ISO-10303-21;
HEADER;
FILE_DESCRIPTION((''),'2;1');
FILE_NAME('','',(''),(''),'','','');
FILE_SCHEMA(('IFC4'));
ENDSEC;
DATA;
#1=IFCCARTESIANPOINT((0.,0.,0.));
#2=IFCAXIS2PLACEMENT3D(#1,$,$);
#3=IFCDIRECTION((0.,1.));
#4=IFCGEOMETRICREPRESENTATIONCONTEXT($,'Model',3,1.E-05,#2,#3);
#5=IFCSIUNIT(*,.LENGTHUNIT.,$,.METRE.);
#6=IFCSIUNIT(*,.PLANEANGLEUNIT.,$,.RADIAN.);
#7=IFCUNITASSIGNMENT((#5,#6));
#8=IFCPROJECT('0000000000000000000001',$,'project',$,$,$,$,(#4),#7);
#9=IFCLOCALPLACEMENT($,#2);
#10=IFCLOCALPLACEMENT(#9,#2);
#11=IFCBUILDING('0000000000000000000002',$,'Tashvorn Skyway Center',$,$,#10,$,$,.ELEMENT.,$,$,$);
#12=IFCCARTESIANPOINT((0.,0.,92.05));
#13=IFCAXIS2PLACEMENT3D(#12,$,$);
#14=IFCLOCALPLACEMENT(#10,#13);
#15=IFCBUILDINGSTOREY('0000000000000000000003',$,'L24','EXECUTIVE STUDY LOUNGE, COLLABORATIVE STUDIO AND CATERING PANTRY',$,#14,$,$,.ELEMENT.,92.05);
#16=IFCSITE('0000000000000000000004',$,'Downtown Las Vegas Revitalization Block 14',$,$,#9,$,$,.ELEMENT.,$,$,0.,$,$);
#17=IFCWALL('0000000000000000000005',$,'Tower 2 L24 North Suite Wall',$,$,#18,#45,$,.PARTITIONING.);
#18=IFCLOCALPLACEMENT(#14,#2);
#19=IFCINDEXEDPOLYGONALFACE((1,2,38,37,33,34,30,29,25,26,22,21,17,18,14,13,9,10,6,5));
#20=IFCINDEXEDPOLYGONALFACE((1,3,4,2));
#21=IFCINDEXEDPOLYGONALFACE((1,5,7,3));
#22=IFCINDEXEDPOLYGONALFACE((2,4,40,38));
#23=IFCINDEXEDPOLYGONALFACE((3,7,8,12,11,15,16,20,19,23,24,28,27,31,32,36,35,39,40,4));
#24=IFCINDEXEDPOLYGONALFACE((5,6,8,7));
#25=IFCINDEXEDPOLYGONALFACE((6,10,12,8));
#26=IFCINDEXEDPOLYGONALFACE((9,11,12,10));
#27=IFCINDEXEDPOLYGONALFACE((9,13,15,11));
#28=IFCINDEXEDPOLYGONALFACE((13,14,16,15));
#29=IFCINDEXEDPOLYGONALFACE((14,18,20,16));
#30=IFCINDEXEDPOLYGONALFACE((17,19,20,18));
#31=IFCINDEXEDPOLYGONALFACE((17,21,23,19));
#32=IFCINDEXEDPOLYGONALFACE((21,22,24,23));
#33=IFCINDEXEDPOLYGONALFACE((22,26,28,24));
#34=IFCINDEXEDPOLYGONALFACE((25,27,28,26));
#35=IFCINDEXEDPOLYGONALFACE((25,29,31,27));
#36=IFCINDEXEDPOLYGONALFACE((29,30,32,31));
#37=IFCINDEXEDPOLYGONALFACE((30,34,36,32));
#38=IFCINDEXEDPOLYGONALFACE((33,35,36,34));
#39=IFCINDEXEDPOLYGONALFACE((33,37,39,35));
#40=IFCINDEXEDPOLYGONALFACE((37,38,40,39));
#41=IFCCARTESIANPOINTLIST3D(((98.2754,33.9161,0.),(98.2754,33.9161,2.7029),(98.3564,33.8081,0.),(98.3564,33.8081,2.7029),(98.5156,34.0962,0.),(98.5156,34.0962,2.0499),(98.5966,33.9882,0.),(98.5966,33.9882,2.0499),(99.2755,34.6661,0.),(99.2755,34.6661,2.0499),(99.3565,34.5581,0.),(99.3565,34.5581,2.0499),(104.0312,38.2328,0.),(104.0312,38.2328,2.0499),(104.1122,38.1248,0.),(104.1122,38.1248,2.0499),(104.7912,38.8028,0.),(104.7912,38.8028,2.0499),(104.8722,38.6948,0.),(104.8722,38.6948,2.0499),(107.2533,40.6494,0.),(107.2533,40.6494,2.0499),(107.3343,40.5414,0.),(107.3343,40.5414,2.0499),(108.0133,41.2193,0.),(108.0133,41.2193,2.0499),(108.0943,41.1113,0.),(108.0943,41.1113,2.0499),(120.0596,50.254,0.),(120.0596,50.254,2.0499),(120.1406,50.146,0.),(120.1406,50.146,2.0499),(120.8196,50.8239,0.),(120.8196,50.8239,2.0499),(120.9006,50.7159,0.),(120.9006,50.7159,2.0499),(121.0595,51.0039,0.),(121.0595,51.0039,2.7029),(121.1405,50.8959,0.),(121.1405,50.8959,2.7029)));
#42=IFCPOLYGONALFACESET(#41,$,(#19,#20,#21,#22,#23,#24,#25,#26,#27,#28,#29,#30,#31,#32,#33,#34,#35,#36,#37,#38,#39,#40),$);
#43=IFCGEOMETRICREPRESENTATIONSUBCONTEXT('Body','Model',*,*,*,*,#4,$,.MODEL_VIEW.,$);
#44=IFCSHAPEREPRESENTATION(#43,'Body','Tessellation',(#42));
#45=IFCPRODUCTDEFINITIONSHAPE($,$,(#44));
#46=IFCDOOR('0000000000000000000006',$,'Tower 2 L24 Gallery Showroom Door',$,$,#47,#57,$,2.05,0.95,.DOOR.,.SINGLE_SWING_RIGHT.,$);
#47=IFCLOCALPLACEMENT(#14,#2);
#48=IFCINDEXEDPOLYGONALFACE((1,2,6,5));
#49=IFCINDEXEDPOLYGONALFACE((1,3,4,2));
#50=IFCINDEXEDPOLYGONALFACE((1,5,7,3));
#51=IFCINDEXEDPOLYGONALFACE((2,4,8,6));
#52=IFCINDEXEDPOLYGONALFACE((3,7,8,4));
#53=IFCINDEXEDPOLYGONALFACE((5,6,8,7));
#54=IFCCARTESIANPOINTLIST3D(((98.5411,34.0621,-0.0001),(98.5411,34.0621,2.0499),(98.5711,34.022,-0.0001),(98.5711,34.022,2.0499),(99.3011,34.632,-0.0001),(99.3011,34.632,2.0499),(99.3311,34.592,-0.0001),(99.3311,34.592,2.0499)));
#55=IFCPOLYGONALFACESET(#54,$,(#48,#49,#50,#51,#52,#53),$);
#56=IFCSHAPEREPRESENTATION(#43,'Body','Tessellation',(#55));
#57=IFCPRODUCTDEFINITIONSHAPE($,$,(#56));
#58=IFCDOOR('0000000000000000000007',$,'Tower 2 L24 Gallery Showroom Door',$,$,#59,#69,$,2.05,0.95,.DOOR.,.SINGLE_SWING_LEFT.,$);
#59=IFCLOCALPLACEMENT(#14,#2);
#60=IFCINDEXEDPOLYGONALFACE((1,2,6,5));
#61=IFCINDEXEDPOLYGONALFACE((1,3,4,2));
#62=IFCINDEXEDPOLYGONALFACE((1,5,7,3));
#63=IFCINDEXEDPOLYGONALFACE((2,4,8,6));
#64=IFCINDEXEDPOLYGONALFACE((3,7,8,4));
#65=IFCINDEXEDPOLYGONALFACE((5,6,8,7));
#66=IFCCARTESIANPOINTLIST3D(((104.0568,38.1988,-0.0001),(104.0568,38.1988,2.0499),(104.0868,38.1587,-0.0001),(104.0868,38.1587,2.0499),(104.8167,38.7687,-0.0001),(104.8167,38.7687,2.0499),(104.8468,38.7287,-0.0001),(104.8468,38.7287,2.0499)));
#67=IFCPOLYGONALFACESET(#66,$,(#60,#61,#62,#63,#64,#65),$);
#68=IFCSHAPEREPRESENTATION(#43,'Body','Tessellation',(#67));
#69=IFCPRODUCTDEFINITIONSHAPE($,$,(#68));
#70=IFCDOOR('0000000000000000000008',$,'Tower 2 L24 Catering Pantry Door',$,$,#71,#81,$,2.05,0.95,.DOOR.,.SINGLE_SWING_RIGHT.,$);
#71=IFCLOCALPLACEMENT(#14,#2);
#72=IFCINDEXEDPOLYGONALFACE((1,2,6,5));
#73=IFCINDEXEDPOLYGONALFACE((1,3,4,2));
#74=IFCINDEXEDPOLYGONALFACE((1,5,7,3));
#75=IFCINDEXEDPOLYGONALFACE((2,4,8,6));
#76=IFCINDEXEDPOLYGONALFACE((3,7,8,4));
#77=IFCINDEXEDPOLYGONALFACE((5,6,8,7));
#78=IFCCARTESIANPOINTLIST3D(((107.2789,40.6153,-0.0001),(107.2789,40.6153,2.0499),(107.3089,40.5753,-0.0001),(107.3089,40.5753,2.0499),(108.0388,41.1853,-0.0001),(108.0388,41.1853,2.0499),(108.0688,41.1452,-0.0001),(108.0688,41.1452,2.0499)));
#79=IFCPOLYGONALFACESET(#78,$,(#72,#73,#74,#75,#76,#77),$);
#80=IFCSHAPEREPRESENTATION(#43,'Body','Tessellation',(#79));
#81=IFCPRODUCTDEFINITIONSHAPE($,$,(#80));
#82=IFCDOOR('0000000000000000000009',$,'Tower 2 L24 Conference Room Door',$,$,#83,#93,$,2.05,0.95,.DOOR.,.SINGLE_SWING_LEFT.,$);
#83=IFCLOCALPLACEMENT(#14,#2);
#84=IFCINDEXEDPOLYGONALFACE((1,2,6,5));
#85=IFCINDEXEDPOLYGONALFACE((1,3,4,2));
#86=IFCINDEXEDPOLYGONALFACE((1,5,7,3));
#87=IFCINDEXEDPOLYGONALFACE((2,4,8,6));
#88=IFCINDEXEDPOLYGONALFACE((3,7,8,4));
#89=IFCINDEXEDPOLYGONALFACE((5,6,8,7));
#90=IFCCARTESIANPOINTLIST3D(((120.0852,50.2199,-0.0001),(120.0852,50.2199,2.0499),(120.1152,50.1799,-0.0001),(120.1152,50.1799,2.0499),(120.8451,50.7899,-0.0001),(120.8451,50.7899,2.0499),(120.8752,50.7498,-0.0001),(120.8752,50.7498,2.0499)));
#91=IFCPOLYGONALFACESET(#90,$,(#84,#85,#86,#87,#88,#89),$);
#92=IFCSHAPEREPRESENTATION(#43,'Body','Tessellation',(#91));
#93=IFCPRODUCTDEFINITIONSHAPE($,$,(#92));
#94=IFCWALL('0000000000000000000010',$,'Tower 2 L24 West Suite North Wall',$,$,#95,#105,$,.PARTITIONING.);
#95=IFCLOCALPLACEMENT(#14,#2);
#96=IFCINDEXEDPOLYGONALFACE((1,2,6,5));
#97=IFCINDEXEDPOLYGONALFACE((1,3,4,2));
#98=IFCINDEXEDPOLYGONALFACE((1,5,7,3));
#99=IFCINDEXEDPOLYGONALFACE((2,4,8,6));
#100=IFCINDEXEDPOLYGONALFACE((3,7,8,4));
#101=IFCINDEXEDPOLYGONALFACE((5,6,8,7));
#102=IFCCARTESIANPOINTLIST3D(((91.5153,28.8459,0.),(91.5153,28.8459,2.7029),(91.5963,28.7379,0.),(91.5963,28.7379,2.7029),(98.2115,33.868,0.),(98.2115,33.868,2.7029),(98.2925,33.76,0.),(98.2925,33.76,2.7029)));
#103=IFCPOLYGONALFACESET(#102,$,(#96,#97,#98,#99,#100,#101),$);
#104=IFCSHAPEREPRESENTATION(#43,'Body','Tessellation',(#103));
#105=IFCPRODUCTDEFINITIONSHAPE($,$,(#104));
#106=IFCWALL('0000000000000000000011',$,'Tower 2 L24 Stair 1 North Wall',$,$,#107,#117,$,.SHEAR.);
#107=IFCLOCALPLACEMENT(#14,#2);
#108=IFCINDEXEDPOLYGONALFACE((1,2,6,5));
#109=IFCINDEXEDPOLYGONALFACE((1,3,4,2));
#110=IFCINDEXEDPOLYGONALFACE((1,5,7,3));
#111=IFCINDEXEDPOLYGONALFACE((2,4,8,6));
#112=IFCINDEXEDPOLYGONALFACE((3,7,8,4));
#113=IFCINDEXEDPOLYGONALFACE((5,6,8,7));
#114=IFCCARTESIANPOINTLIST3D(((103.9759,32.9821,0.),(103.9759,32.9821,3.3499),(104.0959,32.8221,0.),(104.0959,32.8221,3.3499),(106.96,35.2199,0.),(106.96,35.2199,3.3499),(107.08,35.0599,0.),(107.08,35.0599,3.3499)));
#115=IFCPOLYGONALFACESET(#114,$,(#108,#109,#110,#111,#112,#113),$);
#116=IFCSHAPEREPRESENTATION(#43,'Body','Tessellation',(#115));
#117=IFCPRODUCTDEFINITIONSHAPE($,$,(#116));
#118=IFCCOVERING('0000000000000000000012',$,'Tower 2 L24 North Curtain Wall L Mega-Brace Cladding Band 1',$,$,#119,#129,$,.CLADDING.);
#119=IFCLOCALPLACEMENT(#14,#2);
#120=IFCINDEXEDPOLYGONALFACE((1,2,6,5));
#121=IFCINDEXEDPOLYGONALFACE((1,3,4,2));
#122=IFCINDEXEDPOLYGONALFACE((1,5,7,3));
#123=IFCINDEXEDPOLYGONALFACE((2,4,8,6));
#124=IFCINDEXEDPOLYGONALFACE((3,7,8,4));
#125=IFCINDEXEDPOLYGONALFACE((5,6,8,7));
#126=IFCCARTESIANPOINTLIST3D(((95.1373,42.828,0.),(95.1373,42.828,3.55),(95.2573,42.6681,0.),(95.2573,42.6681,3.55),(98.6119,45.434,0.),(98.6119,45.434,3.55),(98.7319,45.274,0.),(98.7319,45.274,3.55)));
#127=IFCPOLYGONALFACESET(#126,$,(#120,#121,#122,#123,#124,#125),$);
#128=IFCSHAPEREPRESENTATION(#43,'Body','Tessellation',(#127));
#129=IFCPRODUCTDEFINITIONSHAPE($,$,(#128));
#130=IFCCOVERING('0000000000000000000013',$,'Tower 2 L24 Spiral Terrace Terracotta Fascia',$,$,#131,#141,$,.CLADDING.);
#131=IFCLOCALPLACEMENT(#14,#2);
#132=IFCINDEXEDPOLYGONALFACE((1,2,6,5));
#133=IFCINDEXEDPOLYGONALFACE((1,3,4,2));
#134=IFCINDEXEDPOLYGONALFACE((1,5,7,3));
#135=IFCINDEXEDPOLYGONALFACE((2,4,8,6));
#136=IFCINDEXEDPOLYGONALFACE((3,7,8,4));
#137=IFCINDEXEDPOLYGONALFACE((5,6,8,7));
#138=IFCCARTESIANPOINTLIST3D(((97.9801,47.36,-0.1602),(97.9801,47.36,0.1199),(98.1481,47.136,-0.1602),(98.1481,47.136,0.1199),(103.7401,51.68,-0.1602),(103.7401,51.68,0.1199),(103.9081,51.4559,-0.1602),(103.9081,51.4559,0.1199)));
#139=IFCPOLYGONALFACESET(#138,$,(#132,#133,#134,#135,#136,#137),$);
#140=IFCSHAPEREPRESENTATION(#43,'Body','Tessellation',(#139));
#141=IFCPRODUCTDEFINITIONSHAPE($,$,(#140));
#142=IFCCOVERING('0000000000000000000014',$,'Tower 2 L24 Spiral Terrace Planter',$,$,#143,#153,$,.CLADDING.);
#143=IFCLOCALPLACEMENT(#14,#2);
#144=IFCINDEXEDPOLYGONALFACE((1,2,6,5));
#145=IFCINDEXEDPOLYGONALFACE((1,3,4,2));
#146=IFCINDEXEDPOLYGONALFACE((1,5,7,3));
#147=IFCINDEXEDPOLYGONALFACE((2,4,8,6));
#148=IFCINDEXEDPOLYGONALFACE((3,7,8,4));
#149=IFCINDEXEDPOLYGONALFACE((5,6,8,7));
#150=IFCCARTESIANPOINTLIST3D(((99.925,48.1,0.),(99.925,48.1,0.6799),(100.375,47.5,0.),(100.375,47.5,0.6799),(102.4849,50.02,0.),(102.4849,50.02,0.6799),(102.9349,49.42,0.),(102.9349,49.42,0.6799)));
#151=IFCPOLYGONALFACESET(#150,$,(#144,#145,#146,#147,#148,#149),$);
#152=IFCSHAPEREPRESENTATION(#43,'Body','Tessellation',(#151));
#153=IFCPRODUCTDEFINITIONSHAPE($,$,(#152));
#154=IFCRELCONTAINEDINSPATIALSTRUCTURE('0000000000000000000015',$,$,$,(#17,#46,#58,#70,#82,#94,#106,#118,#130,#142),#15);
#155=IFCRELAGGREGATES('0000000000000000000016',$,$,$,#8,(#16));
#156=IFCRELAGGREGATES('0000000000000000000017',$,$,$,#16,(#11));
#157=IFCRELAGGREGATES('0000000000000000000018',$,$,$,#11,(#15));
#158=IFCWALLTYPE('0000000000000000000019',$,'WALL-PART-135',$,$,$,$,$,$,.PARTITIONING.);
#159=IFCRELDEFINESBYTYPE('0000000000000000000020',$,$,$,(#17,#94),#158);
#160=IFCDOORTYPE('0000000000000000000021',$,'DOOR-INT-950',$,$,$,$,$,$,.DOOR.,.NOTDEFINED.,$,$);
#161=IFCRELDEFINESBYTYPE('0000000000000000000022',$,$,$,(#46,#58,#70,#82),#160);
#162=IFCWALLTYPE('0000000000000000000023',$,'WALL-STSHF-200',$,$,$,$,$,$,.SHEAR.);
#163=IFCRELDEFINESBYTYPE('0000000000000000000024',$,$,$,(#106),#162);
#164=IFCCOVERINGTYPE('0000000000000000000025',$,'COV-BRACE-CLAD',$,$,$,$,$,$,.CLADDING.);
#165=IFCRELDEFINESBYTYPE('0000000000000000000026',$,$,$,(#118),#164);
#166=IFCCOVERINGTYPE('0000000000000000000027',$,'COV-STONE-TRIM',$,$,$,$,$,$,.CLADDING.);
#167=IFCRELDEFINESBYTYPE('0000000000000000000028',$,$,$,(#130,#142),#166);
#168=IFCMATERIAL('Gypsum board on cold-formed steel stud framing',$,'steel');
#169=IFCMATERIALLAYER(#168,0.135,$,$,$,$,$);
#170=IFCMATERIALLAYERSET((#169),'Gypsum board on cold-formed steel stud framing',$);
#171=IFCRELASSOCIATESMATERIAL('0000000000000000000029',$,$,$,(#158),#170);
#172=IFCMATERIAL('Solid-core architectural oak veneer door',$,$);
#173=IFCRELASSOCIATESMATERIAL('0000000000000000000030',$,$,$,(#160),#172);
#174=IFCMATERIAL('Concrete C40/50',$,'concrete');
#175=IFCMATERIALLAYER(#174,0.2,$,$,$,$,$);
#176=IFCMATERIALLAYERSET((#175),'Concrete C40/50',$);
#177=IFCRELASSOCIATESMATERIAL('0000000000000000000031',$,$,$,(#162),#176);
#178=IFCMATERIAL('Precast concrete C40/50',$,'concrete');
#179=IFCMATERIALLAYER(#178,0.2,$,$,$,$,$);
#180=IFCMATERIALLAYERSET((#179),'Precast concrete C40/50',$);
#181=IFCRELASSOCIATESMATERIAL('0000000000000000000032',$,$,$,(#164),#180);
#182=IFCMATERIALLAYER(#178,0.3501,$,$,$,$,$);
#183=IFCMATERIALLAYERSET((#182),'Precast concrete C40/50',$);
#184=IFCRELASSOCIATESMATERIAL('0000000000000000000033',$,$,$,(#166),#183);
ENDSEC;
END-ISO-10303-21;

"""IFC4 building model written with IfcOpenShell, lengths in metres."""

from ifc_helpers import new_model, si_unit, direction, frame, frame_2d, origin, origin_2d, place, context, subcontext, project, spatial, rectangle, extrude, material, layer, layer_set, type_object, element, fill, save


model = new_model("IFC4")

# Units and contexts
model_context = context("Model", 3, precision=1e-05, world=origin(), true_north=direction((0.0, 1.0)))
body_context = subcontext(model_context, "Body", "Model", "MODEL_VIEW")
ifc_project = project(units=[si_unit("LENGTHUNIT", "METRE"), si_unit("PLANEANGLEUNIT", "RADIAN")], contexts=[model_context])

# Site, building, storey
site_placement = place(None, origin())
site = spatial("IfcSite", under=ifc_project, at=site_placement, Name="Downtown Las Vegas Revitalization Block 14", CompositionType="ELEMENT", RefElevation=0.0)
building_placement = place(site_placement, origin())
building = spatial("IfcBuilding", under=site, at=building_placement, Name="Tashvorn Skyway Center", CompositionType="ELEMENT")
storey_placement = place(building_placement, frame((0.0, 0.0, 92.05)))
storey = spatial("IfcBuildingStorey", under=building, at=storey_placement, Name="L24", Description="EXECUTIVE STUDY LOUNGE, COLLABORATIVE STUDIO AND CATERING PANTRY", CompositionType="ELEMENT", Elevation=92.05)

# Shared definitions
ifc_material_1 = material(Name="Precast concrete C40/50", Category="concrete")

# Shared definitions
ifc_material_2 = material(Name="Gypsum board on cold-formed steel stud framing", Category="steel")

# Wall, openings, doors
ifc_layer_1 = layer(ifc_material_2, 0.135)
ifc_layer_set_1 = layer_set([ifc_layer_1], Name="Gypsum board on cold-formed steel stud framing")
wall_type_1 = type_object("IfcWallType", Name="WALL-PART-135", PredefinedType="PARTITIONING", material=ifc_layer_set_1)
wall_1_placement = place(storey_placement, frame((98.3159, 33.8621, 0.0), z_axis=(0.0, 0.0, 1.0), x_axis=(0.800004, 0.599995, 0.0)))
wall_1 = element("IfcWall", 1, at=wall_1_placement, inside=storey, type_object=wall_type_1, Name="Tower 2 L24 North Suite Wall", PredefinedType="PARTITIONING", context=body_context, shape_type="SweptSolid", body=[
    extrude(rectangle(XDim=28.48, YDim=0.135, at=frame_2d((14.24, 0.0))), origin(), (0.0, 0.0, 1.0), 2.7029),
])
opening_1_placement = place(wall_1_placement, frame((0.3, 0.0, 0.0)))
opening_1 = element("IfcOpeningElement", 2, at=opening_1_placement, cuts=wall_1, PredefinedType="OPENING", context=body_context, shape_type="SweptSolid", body=[
    extrude(rectangle(XDim=0.95, YDim=2.05, at=frame_2d((0.4751, 1.0249))), frame((0.0, 0.0774, 0.0), z_axis=(0.0, -1.0, 0.0), x_axis=(1.0, 0.0, 0.0)), (0.0, 0.0, 1.0), 0.155),
])
opening_2_placement = place(wall_1_placement, frame((7.1946, 0.0, 0.0)))
opening_2 = element("IfcOpeningElement", 3, at=opening_2_placement, cuts=wall_1, PredefinedType="OPENING", context=body_context, shape_type="SweptSolid", body=[
    extrude(rectangle(XDim=0.95, YDim=2.05, at=frame_2d((0.4751, 1.0249))), frame((0.0, 0.0774, 0.0), z_axis=(0.0, -1.0, 0.0), x_axis=(1.0, 0.0, 0.0)), (0.0, 0.0, 1.0), 0.155),
])
opening_3_placement = place(wall_1_placement, frame((11.2222, 0.0, 0.0)))
opening_3 = element("IfcOpeningElement", 4, at=opening_3_placement, cuts=wall_1, PredefinedType="OPENING", context=body_context, shape_type="SweptSolid", body=[
    extrude(rectangle(XDim=0.95, YDim=2.05, at=frame_2d((0.4751, 1.0249))), frame((0.0, 0.0774, 0.0), z_axis=(0.0, -1.0, 0.0), x_axis=(1.0, 0.0, 0.0)), (0.0, 0.0, 1.0), 0.155),
])
opening_4_placement = place(wall_1_placement, frame((27.23, 0.0, 0.0)))
opening_4 = element("IfcOpeningElement", 5, at=opening_4_placement, cuts=wall_1, PredefinedType="OPENING", context=body_context, shape_type="SweptSolid", body=[
    extrude(rectangle(XDim=0.95, YDim=2.05, at=frame_2d((0.4751, 1.0249))), frame((0.0, 0.0774, 0.0), z_axis=(0.0, -1.0, 0.0), x_axis=(1.0, 0.0, 0.0)), (0.0, 0.0, 1.0), 0.155),
])
ifc_material_3 = material(Name="Solid-core architectural oak veneer door")
door_type_1 = type_object("IfcDoorType", Name="DOOR-INT-950", OperationType="NOTDEFINED", PredefinedType="DOOR", material=ifc_material_3)
door_1_placement = place(opening_1_placement, origin())
door_1 = element("IfcDoor", 6, at=door_1_placement, inside=storey, type_object=door_type_1, Name="Tower 2 L24 Gallery Showroom Door", OperationType="SINGLE_SWING_RIGHT", OverallHeight=2.05, OverallWidth=0.95, PredefinedType="DOOR", context=body_context, shape_type="SweptSolid", body=[
    extrude(rectangle(XDim=0.95, YDim=2.05, at=frame_2d((0.4751, 1.0249))), frame((0.0, 0.0249, 0.0), z_axis=(0.0, -1.0, 0.0), x_axis=(1.0, 0.0, 0.0)), (0.0, 0.0, 1.0), 0.05),
])
fill(opening_1, door_1)
door_2_placement = place(opening_2_placement, origin())
door_2 = element("IfcDoor", 7, at=door_2_placement, inside=storey, type_object=door_type_1, Name="Tower 2 L24 Gallery Showroom Door", OperationType="SINGLE_SWING_LEFT", OverallHeight=2.05, OverallWidth=0.95, PredefinedType="DOOR", context=body_context, shape_type="SweptSolid", body=[
    extrude(rectangle(XDim=0.95, YDim=2.05, at=frame_2d((0.4751, 1.0249))), frame((0.0, 0.0249, 0.0), z_axis=(0.0, -1.0, 0.0), x_axis=(1.0, 0.0, 0.0)), (0.0, 0.0, 1.0), 0.05),
])
fill(opening_2, door_2)
door_3_placement = place(opening_3_placement, origin())
door_3 = element("IfcDoor", 8, at=door_3_placement, inside=storey, type_object=door_type_1, Name="Tower 2 L24 Catering Pantry Door", OperationType="SINGLE_SWING_RIGHT", OverallHeight=2.05, OverallWidth=0.95, PredefinedType="DOOR", context=body_context, shape_type="SweptSolid", body=[
    extrude(rectangle(XDim=0.95, YDim=2.05, at=frame_2d((0.4751, 1.0249))), frame((0.0, 0.0249, 0.0), z_axis=(0.0, -1.0, 0.0), x_axis=(1.0, 0.0, 0.0)), (0.0, 0.0, 1.0), 0.05),
])
fill(opening_3, door_3)
door_4_placement = place(opening_4_placement, origin())
door_4 = element("IfcDoor", 9, at=door_4_placement, inside=storey, type_object=door_type_1, Name="Tower 2 L24 Conference Room Door", OperationType="SINGLE_SWING_LEFT", OverallHeight=2.05, OverallWidth=0.95, PredefinedType="DOOR", context=body_context, shape_type="SweptSolid", body=[
    extrude(rectangle(XDim=0.95, YDim=2.05, at=frame_2d((0.4751, 1.0249))), frame((0.0, 0.0249, 0.0), z_axis=(0.0, -1.0, 0.0), x_axis=(1.0, 0.0, 0.0)), (0.0, 0.0, 1.0), 0.05),
])
fill(opening_4, door_4)

# Walls
wall_2_placement = place(storey_placement, frame((98.252, 33.814, 0.0), z_axis=(0.0, 0.0, 1.0), x_axis=(-0.800004, -0.599995, 0.0)))
element("IfcWall", 10, at=wall_2_placement, inside=storey, type_object=wall_type_1, Name="Tower 2 L24 West Suite North Wall", PredefinedType="PARTITIONING", context=body_context, shape_type="SweptSolid", body=[
    extrude(rectangle(XDim=8.3701, YDim=0.135, at=frame_2d((4.1851, 0.0))), origin(), (0.0, 0.0, 1.0), 2.7029),
])
ifc_material_4 = material(Name="Concrete C40/50", Category="concrete")
ifc_layer_2 = layer(ifc_material_4, 0.2)
ifc_layer_set_2 = layer_set([ifc_layer_2], Name="Concrete C40/50")
wall_type_2 = type_object("IfcWallType", Name="WALL-STSHF-200", PredefinedType="SHEAR", material=ifc_layer_set_2)
wall_3_placement = place(storey_placement, frame((104.0359, 32.9021, 0.0), z_axis=(0.0, 0.0, 1.0), x_axis=(0.800039, 0.599948, 0.0)))
element("IfcWall", 11, at=wall_3_placement, inside=storey, type_object=wall_type_2, Name="Tower 2 L24 Stair 1 North Wall", PredefinedType="SHEAR", context=body_context, shape_type="SweptSolid", body=[
    extrude(rectangle(XDim=3.73, YDim=0.2, at=frame_2d((1.865, 0.0))), origin(), (0.0, 0.0, 1.0), 3.3499),
])

# Coverings
ifc_layer_3 = layer(ifc_material_1, 0.2)
ifc_layer_set_3 = layer_set([ifc_layer_3], Name="Precast concrete C40/50")
covering_type_1 = type_object("IfcCoveringType", Name="COV-BRACE-CLAD", PredefinedType="CLADDING", material=ifc_layer_set_3)
covering_1_placement = place(storey_placement, frame((96.9346, 44.051, 0.0), z_axis=(0.0, 0.0, 1.0), x_axis=(0.8, 0.6, 0.0)))
element("IfcCovering", 12, at=covering_1_placement, inside=storey, type_object=covering_type_1, Name="Tower 2 L24 North Curtain Wall L Mega-Brace Cladding Band 1", PredefinedType="CLADDING", context=body_context, shape_type="SweptSolid", body=[
    extrude(rectangle(XDim=4.3433, YDim=0.2, at=origin_2d()), origin(), (0.0, 0.0, 1.0), 3.55),
])
ifc_layer_4 = layer(ifc_material_1, 0.3501)
ifc_layer_set_4 = layer_set([ifc_layer_4], Name="Precast concrete C40/50")
covering_type_2 = type_object("IfcCoveringType", Name="COV-STONE-TRIM", PredefinedType="CLADDING", material=ifc_layer_set_4)
covering_2_placement = place(storey_placement, frame((100.9441, 49.408, -0.1602), z_axis=(0.0, 0.0, 1.0), x_axis=(0.8, 0.6, 0.0)))
element("IfcCovering", 13, at=covering_2_placement, inside=storey, type_object=covering_type_2, Name="Tower 2 L24 Spiral Terrace Terracotta Fascia", PredefinedType="CLADDING", context=body_context, shape_type="SweptSolid", body=[
    extrude(rectangle(XDim=7.2, YDim=0.28, at=origin_2d()), origin(), (0.0, 0.0, 1.0), 0.28),
])
covering_3_placement = place(storey_placement, frame((101.4299, 48.76, 0.0), z_axis=(0.0, 0.0, 1.0), x_axis=(0.8, 0.6, 0.0)))
element("IfcCovering", 14, at=covering_3_placement, inside=storey, type_object=covering_type_2, Name="Tower 2 L24 Spiral Terrace Planter", PredefinedType="CLADDING", context=body_context, shape_type="SweptSolid", body=[
    extrude(rectangle(XDim=3.2, YDim=0.75, at=origin_2d()), origin(), (0.0, 0.0, 1.0), 0.6799),
])

save(model, "model.ifc")
